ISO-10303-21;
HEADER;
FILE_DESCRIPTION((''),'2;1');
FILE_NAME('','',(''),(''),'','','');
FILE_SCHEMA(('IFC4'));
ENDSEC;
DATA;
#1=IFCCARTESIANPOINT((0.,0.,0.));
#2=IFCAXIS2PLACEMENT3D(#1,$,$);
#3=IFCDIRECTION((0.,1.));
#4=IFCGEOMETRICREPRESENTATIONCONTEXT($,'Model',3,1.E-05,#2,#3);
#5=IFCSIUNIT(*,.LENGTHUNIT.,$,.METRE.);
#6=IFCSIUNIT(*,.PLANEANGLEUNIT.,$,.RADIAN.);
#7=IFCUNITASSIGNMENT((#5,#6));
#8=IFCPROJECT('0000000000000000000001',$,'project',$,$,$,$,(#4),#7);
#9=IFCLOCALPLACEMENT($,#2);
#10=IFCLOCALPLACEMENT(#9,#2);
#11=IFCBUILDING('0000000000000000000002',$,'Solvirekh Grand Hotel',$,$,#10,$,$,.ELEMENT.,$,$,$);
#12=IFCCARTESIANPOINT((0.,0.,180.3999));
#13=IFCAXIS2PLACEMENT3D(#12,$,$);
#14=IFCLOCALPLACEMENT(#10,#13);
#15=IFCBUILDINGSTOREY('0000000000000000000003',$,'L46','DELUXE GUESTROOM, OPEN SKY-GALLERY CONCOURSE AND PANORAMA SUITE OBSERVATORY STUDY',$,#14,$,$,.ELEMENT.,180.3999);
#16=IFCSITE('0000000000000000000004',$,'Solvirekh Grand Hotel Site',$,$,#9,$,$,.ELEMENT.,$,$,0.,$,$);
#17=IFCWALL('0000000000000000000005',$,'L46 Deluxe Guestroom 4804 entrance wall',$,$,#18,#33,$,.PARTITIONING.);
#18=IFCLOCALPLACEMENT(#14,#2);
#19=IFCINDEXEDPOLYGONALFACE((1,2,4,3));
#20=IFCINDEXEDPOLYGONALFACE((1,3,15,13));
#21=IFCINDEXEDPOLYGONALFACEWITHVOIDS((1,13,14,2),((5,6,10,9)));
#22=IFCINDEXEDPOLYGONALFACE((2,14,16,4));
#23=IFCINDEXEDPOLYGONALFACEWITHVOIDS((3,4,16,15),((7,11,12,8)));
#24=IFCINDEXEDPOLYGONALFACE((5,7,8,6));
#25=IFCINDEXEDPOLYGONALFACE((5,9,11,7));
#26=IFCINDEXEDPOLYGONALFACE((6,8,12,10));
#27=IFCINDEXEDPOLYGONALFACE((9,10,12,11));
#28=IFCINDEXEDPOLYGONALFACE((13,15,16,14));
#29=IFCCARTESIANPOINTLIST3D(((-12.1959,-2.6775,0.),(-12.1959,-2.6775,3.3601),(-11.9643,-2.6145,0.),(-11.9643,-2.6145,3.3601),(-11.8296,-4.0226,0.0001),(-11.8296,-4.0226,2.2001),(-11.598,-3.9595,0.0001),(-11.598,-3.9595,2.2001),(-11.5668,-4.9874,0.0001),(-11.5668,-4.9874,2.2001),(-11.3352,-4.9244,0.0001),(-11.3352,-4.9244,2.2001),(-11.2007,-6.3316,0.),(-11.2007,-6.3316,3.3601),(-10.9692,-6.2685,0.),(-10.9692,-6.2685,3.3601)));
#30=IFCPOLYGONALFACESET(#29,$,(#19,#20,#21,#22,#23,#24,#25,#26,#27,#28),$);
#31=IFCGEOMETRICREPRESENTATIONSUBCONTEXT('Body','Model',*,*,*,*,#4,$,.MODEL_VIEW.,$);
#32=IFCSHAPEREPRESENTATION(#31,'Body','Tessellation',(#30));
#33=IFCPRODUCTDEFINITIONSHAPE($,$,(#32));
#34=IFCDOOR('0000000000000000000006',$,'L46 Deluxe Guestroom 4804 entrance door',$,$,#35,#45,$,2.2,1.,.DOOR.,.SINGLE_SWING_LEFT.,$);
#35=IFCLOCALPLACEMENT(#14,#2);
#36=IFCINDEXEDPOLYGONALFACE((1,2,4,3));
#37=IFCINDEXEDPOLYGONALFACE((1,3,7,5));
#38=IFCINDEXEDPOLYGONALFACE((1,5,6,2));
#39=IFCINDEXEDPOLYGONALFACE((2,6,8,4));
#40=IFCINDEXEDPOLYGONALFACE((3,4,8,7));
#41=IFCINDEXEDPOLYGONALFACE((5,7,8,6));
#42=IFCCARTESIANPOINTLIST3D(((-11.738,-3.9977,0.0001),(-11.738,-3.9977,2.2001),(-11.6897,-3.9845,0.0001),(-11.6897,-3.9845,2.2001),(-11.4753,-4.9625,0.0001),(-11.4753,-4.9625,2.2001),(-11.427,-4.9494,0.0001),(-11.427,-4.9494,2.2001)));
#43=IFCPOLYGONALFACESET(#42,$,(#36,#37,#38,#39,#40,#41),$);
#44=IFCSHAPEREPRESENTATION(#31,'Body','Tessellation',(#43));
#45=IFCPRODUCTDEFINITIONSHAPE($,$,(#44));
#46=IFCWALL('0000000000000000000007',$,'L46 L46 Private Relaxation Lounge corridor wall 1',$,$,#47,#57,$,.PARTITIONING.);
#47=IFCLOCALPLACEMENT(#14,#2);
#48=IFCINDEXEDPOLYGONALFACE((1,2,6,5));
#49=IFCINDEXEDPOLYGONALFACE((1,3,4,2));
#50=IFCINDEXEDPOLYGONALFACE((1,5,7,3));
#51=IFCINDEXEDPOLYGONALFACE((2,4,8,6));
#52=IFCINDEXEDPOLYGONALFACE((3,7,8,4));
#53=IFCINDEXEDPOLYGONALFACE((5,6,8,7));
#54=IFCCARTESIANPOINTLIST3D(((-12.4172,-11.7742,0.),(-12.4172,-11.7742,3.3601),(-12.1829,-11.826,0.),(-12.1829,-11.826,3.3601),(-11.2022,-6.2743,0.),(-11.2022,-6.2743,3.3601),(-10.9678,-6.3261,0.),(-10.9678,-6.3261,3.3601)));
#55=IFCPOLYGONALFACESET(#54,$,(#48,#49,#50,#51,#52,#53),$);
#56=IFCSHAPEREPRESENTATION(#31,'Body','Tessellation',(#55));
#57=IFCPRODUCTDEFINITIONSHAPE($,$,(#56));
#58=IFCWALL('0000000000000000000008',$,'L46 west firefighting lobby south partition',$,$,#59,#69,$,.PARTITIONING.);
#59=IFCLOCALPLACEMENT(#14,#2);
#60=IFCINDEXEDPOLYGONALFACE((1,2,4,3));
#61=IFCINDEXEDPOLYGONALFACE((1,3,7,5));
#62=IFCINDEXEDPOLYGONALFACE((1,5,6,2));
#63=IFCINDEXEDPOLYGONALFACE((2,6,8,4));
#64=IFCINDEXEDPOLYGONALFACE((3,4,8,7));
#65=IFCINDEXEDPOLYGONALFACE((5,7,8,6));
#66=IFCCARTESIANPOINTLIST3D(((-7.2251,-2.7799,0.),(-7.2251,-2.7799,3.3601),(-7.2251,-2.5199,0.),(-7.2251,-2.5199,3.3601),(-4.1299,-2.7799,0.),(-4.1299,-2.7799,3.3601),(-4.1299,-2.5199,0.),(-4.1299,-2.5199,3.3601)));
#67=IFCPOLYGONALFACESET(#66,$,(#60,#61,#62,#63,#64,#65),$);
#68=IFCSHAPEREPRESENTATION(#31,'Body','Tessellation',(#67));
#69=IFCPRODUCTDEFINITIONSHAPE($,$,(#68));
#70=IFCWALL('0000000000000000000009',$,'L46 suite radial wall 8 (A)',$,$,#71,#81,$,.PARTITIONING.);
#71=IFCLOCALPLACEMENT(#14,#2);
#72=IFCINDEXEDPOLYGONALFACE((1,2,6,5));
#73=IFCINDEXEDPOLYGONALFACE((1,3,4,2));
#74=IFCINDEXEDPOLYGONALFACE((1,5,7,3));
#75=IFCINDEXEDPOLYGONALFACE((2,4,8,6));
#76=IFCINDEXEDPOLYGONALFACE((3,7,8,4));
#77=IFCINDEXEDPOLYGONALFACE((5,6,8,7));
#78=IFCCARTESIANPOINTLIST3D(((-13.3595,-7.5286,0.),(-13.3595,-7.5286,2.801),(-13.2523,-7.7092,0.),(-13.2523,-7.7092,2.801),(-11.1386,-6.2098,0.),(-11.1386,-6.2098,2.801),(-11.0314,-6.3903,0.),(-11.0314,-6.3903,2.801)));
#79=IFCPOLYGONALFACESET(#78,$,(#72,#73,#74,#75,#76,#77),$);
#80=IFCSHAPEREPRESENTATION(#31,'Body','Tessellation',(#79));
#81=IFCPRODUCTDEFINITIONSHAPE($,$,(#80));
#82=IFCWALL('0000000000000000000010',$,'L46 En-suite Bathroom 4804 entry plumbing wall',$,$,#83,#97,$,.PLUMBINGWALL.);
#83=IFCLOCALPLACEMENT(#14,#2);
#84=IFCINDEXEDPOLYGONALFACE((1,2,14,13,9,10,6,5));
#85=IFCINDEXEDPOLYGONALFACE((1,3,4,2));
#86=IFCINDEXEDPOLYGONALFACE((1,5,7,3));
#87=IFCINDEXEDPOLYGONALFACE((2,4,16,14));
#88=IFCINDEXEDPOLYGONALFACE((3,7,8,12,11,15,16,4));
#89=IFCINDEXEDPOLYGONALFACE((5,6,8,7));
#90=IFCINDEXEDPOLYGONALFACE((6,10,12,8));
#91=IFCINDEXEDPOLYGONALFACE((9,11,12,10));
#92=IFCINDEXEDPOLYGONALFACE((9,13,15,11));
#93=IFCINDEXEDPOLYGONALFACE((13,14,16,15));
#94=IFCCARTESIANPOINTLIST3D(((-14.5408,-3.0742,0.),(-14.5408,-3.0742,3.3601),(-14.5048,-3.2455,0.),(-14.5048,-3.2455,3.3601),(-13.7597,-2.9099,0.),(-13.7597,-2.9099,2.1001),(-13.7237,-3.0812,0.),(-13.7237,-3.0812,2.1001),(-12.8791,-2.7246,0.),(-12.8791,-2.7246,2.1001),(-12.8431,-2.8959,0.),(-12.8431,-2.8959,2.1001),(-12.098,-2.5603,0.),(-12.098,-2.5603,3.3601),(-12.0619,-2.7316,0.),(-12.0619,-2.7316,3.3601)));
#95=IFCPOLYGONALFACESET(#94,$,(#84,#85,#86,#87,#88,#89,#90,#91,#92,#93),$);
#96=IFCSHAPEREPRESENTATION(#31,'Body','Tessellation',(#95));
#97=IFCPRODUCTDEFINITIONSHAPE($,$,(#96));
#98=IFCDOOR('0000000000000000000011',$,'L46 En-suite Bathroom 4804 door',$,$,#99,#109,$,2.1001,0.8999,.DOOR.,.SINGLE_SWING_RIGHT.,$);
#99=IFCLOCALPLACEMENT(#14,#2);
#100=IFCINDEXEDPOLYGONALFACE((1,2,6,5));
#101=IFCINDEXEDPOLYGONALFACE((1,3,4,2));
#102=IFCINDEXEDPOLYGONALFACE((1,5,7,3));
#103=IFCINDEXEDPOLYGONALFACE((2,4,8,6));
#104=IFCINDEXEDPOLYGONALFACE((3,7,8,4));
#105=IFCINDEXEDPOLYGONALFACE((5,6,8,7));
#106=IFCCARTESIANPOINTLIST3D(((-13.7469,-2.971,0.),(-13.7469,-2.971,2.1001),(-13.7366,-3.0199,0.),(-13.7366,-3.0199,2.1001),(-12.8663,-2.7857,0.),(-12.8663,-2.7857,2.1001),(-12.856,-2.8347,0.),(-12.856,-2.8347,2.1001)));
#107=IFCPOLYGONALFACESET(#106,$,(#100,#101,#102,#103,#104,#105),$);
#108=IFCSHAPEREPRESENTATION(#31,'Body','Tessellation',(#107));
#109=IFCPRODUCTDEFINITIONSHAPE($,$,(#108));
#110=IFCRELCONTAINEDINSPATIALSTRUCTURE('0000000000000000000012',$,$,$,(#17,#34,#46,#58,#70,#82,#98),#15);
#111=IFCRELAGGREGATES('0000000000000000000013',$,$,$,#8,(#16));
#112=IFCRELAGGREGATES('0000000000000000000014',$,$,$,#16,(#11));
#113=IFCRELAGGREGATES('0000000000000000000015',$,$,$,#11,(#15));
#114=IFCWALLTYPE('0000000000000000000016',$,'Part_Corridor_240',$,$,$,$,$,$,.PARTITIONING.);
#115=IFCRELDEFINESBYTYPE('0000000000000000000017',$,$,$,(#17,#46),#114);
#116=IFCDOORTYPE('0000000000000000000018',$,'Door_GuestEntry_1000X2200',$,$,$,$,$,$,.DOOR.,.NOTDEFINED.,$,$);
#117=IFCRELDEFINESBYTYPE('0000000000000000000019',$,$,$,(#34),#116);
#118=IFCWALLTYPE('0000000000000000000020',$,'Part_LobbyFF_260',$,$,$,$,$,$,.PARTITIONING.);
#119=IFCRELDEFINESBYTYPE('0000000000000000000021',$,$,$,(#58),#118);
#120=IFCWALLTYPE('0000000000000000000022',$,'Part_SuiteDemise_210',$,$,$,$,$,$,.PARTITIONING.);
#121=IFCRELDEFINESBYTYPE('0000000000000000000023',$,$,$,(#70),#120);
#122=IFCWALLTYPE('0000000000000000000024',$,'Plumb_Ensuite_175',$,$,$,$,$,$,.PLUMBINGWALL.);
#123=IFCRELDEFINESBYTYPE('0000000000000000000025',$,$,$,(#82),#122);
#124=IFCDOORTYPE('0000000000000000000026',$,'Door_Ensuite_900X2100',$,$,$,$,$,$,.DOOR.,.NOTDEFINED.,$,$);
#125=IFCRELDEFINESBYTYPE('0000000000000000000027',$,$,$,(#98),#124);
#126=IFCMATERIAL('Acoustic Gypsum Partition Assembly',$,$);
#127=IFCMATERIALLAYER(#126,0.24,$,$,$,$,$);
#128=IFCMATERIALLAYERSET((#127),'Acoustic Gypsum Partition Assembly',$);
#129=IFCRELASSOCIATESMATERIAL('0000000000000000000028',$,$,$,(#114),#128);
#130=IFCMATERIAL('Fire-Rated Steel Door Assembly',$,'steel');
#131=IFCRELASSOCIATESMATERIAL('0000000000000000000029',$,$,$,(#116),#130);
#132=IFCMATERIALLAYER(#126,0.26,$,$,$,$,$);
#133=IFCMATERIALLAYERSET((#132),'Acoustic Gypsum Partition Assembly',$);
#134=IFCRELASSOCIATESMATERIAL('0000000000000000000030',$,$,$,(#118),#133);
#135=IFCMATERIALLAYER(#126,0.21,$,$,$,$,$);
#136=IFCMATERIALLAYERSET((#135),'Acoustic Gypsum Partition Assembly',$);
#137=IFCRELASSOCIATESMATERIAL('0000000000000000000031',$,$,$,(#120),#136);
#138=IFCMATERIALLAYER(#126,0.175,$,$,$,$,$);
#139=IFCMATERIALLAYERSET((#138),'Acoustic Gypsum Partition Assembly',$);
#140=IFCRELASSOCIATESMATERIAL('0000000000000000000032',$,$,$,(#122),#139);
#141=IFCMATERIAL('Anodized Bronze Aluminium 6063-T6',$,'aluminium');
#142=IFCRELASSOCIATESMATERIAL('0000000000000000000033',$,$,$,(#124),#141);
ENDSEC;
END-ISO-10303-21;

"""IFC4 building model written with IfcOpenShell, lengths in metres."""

from ifc_helpers import new_model, si_unit, direction, frame, frame_2d, origin, place, context, subcontext, project, spatial, rectangle, extrude, material, layer, layer_set, type_object, element, fill, save


model = new_model("IFC4")

# Units and contexts
model_context = context("Model", 3, precision=1e-05, world=origin(), true_north=direction((0.0, 1.0)))
body_context = subcontext(model_context, "Body", "Model", "MODEL_VIEW")
ifc_project = project(units=[si_unit("LENGTHUNIT", "METRE"), si_unit("PLANEANGLEUNIT", "RADIAN")], contexts=[model_context])

# Site, building, storey
site_placement = place(None, origin())
site = spatial("IfcSite", under=ifc_project, at=site_placement, Name="Solvirekh Grand Hotel Site", CompositionType="ELEMENT", RefElevation=0.0)
building_placement = place(site_placement, origin())
building = spatial("IfcBuilding", under=site, at=building_placement, Name="Solvirekh Grand Hotel", CompositionType="ELEMENT")
storey_placement = place(building_placement, frame((0.0, 0.0, 180.3999)))
storey = spatial("IfcBuildingStorey", under=building, at=storey_placement, Name="L46", Description="DELUXE GUESTROOM, OPEN SKY-GALLERY CONCOURSE AND PANORAMA SUITE OBSERVATORY STUDY", CompositionType="ELEMENT", Elevation=180.3999)

# Shared definitions
ifc_material_1 = material(Name="Anodized Bronze Aluminium 6063-T6", Category="aluminium")

# Shared definitions
ifc_material_2 = material(Name="Acoustic Gypsum Partition Assembly")

# Wall, opening, door
ifc_layer_1 = layer(ifc_material_2, 0.24)
ifc_layer_set_1 = layer_set([ifc_layer_1], Name="Acoustic Gypsum Partition Assembly")
wall_type_1 = type_object("IfcWallType", Name="Part_Corridor_240", PredefinedType="PARTITIONING", material=ifc_layer_set_1)
ifc_material_3 = material(Name="Fire-Rated Steel Door Assembly", Category="steel")
wall_1_placement = place(storey_placement, frame((-12.0801, -2.646, 0.0), z_axis=(0.0, 0.0, 1.0), x_axis=(0.262763, -0.96486, 0.0)))
wall_1 = element("IfcWall", 1, at=wall_1_placement, inside=storey, type_object=wall_type_1, Name="L46 Deluxe Guestroom 4804 entrance wall", PredefinedType="PARTITIONING", context=body_context, shape_type="SweptSolid", body=[
    extrude(rectangle(XDim=3.7871, YDim=0.24, at=frame_2d((1.8936, 0.0))), origin(), (0.0, 0.0, 1.0), 3.3601),
])
opening_1_placement = place(wall_1_placement, frame((1.394, 0.0, 0.0)))
opening_1 = element("IfcOpeningElement", 2, at=opening_1_placement, cuts=wall_1, PredefinedType="OPENING", context=body_context, shape_type="SweptSolid", body=[
    extrude(rectangle(XDim=1.0, YDim=2.2, at=frame_2d((0.5, 1.1001))), frame((0.0, 0.1299, 0.0), z_axis=(0.0, -1.0, 0.0), x_axis=(1.0, 0.0, 0.0)), (0.0, 0.0, 1.0), 0.26),
])
door_type_1 = type_object("IfcDoorType", Name="Door_GuestEntry_1000X2200", OperationType="NOTDEFINED", PredefinedType="DOOR", material=ifc_material_3)
door_1_placement = place(opening_1_placement, origin())
door_1 = element("IfcDoor", 3, at=door_1_placement, inside=storey, type_object=door_type_1, Name="L46 Deluxe Guestroom 4804 entrance door", OperationType="SINGLE_SWING_LEFT", OverallHeight=2.2, OverallWidth=1.0, PredefinedType="DOOR", context=body_context, shape_type="SweptSolid", body=[
    extrude(rectangle(XDim=1.0, YDim=2.2, at=frame_2d((0.5, 1.1001))), frame((0.0, 0.0249, 0.0), z_axis=(0.0, -1.0, 0.0), x_axis=(1.0, 0.0, 0.0)), (0.0, 0.0, 1.0), 0.05),
])
fill(opening_1, door_1)

# Walls
wall_2_placement = place(storey_placement, frame((-11.085, -6.3, 0.0), z_axis=(0.0, 0.0, 1.0), x_axis=(-0.215723, -0.976455, 0.0)))
element("IfcWall", 4, at=wall_2_placement, inside=storey, type_object=wall_type_1, Name="L46 L46 Private Relaxation Lounge corridor wall 1", PredefinedType="PARTITIONING", context=body_context, shape_type="SweptSolid", body=[
    extrude(rectangle(XDim=5.6326, YDim=0.24, at=frame_2d((2.8164, 0.0))), origin(), (0.0, 0.0, 1.0), 3.3601),
])
ifc_layer_2 = layer(ifc_material_2, 0.26)
ifc_layer_set_2 = layer_set([ifc_layer_2], Name="Acoustic Gypsum Partition Assembly")
wall_type_2 = type_object("IfcWallType", Name="Part_LobbyFF_260", PredefinedType="PARTITIONING", material=ifc_layer_set_2)
wall_3_placement = place(storey_placement, frame((-7.2251, -2.6499, 0.0), z_axis=(0.0, 0.0, 1.0), x_axis=(1.0, 0.0, 0.0)))
element("IfcWall", 5, at=wall_3_placement, inside=storey, type_object=wall_type_2, Name="L46 west firefighting lobby south partition", PredefinedType="PARTITIONING", context=body_context, shape_type="SweptSolid", body=[
    extrude(rectangle(XDim=3.0952, YDim=0.26, at=frame_2d((1.5476, 0.0))), origin(), (0.0, 0.0, 1.0), 3.3601),
])
ifc_layer_3 = layer(ifc_material_2, 0.21)
ifc_layer_set_3 = layer_set([ifc_layer_3], Name="Acoustic Gypsum Partition Assembly")
wall_type_3 = type_object("IfcWallType", Name="Part_SuiteDemise_210", PredefinedType="PARTITIONING", material=ifc_layer_set_3)
wall_4_placement = place(storey_placement, frame((-11.085, -6.3, 0.0), z_axis=(0.0, 0.0, 1.0), x_axis=(-0.859828, -0.510585, 0.0)))
element("IfcWall", 6, at=wall_4_placement, inside=storey, type_object=wall_type_3, Name="L46 suite radial wall 8 (A)", PredefinedType="PARTITIONING", context=body_context, shape_type="SweptSolid", body=[
    extrude(rectangle(XDim=2.583, YDim=0.21, at=frame_2d((1.2915, 0.0))), origin(), (0.0, 0.0, 1.0), 2.801),
])

# Wall, opening, door
ifc_layer_4 = layer(ifc_material_2, 0.175)
ifc_layer_set_4 = layer_set([ifc_layer_4], Name="Acoustic Gypsum Partition Assembly")
wall_type_4 = type_object("IfcWallType", Name="Plumb_Ensuite_175", PredefinedType="PLUMBINGWALL", material=ifc_layer_set_4)
wall_5_placement = place(storey_placement, frame((-12.0801, -2.646, 0.0), z_axis=(0.0, 0.0, 1.0), x_axis=(-0.97858, -0.205868, 0.0)))
wall_5 = element("IfcWall", 7, at=wall_5_placement, inside=storey, type_object=wall_type_4, Name="L46 En-suite Bathroom 4804 entry plumbing wall", PredefinedType="PLUMBINGWALL", context=body_context, shape_type="SweptSolid", body=[
    extrude(rectangle(XDim=2.4963, YDim=0.175, at=frame_2d((1.248, 0.0))), origin(), (0.0, 0.0, 1.0), 3.3601),
])
opening_2_placement = place(wall_5_placement, frame((0.7981, 0.0, 0.0)))
opening_2 = element("IfcOpeningElement", 8, at=opening_2_placement, cuts=wall_5, PredefinedType="OPENING", context=body_context, shape_type="SweptSolid", body=[
    extrude(rectangle(XDim=0.8999, YDim=2.1001, at=frame_2d((0.45, 1.05))), frame((0.0, 0.0977, 0.0), z_axis=(0.0, -1.0, 0.0), x_axis=(1.0, 0.0, 0.0)), (0.0, 0.0, 1.0), 0.1951),
])
door_type_2 = type_object("IfcDoorType", Name="Door_Ensuite_900X2100", OperationType="NOTDEFINED", PredefinedType="DOOR", material=ifc_material_1)
door_2_placement = place(opening_2_placement, origin())
door_2 = element("IfcDoor", 9, at=door_2_placement, inside=storey, type_object=door_type_2, Name="L46 En-suite Bathroom 4804 door", OperationType="SINGLE_SWING_RIGHT", OverallHeight=2.1001, OverallWidth=0.8999, PredefinedType="DOOR", context=body_context, shape_type="SweptSolid", body=[
    extrude(rectangle(XDim=0.8999, YDim=2.1001, at=frame_2d((0.45, 1.05))), frame((0.0, 0.0249, 0.0), z_axis=(0.0, -1.0, 0.0), x_axis=(1.0, 0.0, 0.0)), (0.0, 0.0, 1.0), 0.05),
])
fill(opening_2, door_2)

save(model, "model.ifc")
